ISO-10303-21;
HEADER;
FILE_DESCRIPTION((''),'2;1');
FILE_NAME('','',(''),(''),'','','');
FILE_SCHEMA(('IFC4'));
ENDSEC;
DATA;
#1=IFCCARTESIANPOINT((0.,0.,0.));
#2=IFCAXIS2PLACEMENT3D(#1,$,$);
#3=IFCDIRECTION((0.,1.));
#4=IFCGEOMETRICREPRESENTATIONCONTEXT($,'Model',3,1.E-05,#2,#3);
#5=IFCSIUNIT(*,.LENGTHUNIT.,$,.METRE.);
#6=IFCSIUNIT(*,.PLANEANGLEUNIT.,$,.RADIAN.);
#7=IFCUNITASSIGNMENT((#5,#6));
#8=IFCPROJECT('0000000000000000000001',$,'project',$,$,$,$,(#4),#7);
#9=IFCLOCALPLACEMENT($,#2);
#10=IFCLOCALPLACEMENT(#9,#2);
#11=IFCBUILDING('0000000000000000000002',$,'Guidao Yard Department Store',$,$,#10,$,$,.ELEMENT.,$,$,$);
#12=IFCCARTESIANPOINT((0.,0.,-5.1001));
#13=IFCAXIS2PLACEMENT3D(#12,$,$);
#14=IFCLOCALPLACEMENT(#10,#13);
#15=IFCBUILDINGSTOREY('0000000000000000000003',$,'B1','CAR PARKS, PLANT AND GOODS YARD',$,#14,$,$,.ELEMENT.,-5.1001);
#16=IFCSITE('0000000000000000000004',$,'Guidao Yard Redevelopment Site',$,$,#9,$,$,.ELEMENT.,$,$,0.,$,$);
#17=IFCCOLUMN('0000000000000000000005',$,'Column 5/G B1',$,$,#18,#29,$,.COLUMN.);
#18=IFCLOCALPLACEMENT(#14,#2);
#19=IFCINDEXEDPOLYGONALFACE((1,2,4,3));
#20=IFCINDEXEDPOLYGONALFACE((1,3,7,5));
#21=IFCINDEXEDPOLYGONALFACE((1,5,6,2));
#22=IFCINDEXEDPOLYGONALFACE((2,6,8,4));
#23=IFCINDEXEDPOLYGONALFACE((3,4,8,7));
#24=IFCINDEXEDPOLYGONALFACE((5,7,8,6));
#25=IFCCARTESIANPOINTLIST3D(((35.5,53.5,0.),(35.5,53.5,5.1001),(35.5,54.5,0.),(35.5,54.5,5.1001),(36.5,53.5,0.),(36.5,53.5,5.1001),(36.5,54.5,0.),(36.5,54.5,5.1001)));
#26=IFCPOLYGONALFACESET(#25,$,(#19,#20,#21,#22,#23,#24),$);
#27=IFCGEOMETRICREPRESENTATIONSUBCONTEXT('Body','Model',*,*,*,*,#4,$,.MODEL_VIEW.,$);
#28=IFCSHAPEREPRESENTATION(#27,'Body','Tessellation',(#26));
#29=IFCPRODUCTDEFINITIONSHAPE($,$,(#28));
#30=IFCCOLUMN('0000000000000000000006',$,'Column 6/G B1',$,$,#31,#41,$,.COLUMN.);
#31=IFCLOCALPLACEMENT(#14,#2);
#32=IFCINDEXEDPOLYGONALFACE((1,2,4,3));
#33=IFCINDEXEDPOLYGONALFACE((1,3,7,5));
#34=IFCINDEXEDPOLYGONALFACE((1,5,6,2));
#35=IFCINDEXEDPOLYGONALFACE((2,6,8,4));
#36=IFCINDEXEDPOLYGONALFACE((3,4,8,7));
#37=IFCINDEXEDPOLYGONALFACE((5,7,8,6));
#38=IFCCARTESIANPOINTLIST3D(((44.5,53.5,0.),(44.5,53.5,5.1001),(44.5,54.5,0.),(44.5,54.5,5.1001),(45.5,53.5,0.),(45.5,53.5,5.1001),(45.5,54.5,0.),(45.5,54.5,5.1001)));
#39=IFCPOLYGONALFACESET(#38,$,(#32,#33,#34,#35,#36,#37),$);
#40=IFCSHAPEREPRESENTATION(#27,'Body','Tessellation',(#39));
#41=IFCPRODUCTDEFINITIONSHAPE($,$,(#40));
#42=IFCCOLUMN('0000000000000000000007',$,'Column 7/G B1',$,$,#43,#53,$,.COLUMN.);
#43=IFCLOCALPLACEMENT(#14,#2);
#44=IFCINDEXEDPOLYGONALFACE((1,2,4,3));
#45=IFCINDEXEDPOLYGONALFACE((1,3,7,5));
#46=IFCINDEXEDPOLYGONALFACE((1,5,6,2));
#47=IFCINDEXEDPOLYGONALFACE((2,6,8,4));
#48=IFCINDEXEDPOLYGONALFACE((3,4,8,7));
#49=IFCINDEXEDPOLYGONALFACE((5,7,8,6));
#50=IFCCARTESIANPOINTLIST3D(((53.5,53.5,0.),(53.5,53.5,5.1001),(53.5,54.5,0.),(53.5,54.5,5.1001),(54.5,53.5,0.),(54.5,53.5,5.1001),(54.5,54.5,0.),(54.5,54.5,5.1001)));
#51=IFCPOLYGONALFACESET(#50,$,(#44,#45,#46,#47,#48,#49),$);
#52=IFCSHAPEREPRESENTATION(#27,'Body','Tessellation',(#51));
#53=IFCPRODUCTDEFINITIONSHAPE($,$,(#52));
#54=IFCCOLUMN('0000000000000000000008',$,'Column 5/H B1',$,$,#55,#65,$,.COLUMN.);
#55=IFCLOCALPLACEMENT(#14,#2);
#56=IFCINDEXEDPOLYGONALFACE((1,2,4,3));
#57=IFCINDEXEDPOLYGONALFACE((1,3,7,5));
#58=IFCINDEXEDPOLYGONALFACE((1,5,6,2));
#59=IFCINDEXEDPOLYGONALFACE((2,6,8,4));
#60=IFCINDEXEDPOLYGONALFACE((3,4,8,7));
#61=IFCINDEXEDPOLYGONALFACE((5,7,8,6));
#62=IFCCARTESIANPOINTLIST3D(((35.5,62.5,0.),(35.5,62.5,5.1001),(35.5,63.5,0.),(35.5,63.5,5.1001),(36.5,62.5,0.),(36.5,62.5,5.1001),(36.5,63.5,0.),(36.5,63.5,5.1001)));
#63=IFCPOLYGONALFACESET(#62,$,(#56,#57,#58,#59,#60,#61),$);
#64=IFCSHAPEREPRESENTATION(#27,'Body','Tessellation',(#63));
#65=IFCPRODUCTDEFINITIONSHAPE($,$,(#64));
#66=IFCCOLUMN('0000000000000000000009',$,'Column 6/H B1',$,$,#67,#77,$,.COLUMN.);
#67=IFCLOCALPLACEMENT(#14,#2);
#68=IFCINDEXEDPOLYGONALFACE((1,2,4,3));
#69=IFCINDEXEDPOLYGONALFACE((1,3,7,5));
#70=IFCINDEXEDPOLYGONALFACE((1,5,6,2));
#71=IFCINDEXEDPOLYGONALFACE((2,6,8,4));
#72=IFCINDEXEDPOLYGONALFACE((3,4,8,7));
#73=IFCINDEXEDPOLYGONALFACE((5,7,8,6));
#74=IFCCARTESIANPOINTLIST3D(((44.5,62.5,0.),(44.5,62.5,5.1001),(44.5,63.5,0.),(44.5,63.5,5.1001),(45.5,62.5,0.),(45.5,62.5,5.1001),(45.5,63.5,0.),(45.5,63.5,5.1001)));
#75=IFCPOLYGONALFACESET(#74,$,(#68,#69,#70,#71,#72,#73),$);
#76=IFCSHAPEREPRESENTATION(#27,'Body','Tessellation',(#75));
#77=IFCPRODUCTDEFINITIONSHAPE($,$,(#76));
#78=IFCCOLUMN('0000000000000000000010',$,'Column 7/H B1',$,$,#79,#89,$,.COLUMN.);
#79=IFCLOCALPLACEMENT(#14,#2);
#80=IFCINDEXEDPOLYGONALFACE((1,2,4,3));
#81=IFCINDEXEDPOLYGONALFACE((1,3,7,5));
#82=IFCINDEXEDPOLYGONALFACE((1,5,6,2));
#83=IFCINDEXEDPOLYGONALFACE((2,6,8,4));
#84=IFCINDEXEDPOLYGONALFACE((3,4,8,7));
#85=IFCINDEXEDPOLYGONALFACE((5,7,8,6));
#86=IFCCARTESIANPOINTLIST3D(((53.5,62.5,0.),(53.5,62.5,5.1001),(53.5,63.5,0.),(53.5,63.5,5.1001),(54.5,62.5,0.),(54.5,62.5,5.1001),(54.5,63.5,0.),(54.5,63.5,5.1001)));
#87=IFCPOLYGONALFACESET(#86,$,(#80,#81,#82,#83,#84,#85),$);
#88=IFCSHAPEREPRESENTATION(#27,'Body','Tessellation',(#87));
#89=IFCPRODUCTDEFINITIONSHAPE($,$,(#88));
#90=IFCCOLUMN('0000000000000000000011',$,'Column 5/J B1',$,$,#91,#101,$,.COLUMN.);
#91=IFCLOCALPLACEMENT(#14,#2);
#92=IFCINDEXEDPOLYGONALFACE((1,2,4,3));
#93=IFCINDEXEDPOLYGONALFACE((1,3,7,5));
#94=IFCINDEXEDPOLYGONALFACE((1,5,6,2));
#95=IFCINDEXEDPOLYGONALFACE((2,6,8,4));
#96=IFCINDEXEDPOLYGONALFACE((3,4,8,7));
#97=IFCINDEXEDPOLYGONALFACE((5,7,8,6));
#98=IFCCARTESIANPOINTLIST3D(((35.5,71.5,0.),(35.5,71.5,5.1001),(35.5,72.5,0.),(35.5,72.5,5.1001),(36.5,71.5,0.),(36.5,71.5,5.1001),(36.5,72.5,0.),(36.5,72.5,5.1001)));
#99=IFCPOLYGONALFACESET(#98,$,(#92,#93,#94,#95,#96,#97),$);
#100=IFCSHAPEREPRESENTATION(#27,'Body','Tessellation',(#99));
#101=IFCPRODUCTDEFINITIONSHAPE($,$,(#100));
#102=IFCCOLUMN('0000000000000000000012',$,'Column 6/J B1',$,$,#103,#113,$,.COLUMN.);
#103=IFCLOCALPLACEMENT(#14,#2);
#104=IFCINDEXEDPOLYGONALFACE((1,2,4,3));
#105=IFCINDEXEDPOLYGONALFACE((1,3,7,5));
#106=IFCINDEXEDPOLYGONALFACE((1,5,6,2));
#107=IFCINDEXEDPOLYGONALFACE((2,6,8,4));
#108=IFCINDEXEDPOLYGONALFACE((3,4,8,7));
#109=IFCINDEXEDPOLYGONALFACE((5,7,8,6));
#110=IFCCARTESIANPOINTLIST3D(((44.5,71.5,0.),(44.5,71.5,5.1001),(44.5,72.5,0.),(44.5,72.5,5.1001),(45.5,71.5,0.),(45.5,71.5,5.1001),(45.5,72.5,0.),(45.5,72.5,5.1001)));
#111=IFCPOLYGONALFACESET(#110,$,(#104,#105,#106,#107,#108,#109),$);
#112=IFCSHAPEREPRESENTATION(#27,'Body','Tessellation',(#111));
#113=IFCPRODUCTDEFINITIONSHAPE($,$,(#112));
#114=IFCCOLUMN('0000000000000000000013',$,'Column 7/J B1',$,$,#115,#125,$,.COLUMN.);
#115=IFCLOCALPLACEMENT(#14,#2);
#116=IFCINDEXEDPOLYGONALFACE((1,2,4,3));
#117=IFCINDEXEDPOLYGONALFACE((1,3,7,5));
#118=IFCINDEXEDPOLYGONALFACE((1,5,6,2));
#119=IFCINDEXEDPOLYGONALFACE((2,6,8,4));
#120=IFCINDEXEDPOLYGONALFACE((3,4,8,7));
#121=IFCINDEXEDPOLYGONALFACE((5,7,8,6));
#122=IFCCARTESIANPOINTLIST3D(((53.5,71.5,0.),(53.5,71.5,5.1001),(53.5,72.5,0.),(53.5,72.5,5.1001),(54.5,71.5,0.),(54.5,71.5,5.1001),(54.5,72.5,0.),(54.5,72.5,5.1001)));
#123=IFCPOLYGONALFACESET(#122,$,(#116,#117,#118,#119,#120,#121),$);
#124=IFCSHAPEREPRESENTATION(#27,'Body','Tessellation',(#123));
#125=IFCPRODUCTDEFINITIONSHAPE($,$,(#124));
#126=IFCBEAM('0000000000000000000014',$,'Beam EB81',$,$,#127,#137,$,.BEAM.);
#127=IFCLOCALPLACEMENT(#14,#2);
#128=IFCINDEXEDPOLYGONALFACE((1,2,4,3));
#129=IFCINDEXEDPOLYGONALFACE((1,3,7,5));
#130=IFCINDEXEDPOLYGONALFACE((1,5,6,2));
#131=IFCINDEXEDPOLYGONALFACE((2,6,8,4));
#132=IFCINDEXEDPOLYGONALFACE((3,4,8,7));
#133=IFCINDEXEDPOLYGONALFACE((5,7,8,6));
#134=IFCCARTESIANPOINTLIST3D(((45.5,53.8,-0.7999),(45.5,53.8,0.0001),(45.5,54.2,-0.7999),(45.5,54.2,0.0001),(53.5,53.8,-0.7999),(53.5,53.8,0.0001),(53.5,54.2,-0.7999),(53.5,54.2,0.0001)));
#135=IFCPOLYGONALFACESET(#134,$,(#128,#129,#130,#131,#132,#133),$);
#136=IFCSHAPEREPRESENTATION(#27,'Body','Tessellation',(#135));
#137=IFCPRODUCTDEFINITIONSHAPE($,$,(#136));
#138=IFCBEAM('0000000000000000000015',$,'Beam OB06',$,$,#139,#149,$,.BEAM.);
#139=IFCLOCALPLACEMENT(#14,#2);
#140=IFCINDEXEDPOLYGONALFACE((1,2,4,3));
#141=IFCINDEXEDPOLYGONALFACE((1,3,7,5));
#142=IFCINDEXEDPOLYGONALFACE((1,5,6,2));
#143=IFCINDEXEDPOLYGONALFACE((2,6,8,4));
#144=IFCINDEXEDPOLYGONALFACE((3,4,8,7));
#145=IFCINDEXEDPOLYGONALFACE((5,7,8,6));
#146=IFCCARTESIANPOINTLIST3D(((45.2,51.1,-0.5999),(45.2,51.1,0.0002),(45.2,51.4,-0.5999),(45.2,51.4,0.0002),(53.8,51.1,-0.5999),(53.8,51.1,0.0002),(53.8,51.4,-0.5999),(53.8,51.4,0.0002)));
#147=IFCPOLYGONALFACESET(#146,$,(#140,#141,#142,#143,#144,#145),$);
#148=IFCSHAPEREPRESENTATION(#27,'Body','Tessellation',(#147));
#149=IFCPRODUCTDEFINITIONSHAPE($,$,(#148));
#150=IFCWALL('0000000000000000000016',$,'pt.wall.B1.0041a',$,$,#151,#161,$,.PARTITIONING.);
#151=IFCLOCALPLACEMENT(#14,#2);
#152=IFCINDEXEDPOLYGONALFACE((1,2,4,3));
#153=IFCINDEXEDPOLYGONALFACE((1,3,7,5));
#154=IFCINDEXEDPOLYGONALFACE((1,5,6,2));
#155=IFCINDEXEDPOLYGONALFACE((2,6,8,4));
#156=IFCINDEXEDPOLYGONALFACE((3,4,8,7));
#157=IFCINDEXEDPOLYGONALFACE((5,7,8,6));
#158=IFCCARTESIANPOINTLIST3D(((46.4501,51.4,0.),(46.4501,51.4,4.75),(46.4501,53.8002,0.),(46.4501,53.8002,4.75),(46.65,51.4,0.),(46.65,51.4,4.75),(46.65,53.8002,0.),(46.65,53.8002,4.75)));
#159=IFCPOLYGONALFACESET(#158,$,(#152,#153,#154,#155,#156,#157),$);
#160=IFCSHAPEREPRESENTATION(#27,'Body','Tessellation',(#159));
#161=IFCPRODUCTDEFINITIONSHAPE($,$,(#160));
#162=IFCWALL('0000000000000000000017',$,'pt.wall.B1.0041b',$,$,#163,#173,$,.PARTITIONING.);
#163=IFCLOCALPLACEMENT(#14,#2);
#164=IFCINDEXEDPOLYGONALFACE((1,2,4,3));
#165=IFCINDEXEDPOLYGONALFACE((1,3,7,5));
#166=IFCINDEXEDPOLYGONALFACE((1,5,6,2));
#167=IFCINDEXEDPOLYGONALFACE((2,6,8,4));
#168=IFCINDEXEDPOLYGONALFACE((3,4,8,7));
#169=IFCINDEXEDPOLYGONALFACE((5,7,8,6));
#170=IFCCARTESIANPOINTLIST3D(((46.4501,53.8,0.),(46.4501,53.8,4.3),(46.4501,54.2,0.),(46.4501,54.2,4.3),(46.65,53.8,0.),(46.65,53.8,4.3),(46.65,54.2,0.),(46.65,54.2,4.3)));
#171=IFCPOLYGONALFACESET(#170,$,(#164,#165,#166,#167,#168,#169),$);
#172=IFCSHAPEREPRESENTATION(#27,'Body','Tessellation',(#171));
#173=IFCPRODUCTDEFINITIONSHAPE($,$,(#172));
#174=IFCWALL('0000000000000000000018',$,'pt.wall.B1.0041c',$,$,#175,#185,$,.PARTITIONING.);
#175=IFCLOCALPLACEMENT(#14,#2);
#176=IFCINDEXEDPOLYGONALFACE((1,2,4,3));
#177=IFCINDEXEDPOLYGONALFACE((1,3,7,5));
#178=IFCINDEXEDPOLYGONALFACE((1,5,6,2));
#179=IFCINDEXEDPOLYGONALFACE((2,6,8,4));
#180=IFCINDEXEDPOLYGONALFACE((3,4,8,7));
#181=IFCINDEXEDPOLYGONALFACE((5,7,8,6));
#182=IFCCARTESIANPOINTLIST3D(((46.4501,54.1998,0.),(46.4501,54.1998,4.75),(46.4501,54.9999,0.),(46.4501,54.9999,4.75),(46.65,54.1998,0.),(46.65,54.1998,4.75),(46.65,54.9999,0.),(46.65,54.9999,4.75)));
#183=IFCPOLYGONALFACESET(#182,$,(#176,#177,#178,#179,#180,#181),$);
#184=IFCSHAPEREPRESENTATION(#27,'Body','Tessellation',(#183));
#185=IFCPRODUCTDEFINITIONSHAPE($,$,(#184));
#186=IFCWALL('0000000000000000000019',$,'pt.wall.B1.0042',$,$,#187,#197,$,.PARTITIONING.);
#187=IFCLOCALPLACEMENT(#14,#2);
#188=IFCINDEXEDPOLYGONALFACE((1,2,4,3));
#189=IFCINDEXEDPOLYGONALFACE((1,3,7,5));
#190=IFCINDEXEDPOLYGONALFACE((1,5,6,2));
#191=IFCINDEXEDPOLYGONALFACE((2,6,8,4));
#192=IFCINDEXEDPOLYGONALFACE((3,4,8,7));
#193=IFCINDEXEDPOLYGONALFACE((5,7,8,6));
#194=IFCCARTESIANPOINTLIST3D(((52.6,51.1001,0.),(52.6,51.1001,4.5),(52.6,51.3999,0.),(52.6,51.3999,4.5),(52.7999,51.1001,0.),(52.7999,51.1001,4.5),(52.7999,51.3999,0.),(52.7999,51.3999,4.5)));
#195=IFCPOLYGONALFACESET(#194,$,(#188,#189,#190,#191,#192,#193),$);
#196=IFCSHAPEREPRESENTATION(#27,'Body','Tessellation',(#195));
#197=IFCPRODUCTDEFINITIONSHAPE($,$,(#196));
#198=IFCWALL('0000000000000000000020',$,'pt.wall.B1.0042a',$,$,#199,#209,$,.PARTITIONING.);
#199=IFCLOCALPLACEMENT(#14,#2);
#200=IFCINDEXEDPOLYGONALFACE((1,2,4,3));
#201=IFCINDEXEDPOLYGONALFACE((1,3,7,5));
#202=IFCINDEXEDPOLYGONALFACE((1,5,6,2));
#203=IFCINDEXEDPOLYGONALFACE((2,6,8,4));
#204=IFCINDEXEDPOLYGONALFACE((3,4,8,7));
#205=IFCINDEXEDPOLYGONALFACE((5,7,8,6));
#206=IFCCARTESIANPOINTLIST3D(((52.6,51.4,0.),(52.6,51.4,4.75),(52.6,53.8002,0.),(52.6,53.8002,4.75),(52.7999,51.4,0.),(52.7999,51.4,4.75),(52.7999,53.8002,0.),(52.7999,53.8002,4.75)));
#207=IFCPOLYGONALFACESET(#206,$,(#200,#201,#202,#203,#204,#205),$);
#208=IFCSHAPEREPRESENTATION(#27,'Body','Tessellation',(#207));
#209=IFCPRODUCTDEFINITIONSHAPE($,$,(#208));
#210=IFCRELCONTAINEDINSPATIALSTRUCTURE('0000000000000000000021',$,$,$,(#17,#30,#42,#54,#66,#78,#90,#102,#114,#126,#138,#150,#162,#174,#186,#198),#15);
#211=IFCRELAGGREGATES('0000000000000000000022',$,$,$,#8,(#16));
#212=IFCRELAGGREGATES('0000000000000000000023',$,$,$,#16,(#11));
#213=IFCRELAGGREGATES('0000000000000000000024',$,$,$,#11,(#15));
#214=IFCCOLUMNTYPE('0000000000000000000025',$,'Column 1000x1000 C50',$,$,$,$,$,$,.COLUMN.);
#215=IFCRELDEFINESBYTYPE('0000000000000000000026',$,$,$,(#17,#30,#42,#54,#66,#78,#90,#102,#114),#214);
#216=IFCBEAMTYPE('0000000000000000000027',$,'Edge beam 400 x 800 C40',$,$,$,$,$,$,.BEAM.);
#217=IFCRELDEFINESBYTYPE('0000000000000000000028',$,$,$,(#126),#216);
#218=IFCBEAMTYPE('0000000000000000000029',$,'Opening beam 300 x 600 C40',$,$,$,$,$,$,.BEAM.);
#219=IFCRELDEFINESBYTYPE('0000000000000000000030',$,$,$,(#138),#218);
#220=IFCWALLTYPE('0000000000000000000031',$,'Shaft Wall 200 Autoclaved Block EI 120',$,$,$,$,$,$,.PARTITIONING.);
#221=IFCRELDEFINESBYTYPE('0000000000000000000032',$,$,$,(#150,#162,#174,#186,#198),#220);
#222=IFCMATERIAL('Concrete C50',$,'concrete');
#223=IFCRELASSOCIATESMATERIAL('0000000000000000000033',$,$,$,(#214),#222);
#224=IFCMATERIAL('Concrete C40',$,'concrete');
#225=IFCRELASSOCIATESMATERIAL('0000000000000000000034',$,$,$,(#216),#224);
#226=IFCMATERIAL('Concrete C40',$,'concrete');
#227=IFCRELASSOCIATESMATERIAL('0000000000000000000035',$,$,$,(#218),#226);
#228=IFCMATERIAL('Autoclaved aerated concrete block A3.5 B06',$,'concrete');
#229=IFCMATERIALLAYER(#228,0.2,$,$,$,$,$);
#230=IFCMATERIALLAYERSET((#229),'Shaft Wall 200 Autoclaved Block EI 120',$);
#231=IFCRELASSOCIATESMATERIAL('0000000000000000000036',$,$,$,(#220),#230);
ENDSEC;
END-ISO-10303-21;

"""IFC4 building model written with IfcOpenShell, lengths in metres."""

from ifc_helpers import new_model, si_unit, direction, frame, frame_2d, origin, origin_2d, place, context, subcontext, project, spatial, rectangle, extrude, material, layer, layer_set, material_profile, profile_set, type_object, element, save


model = new_model("IFC4")

# Units and contexts
model_context = context("Model", 3, precision=1e-05, world=origin(), true_north=direction((0.0, 1.0)))
body_context = subcontext(model_context, "Body", "Model", "MODEL_VIEW")
ifc_project = project(units=[si_unit("LENGTHUNIT", "METRE"), si_unit("PLANEANGLEUNIT", "RADIAN")], contexts=[model_context])

# Site, building, storey
site_placement = place(None, origin())
site = spatial("IfcSite", under=ifc_project, at=site_placement, Name="Guidao Yard Redevelopment Site", CompositionType="ELEMENT", RefElevation=0.0)
building_placement = place(site_placement, origin())
building = spatial("IfcBuilding", under=site, at=building_placement, Name="Guidao Yard Department Store", CompositionType="ELEMENT")
storey_placement = place(building_placement, frame((0.0, 0.0, -5.1001)))
storey = spatial("IfcBuildingStorey", under=building, at=storey_placement, Name="B1", Description="CAR PARKS, PLANT AND GOODS YARD", CompositionType="ELEMENT", Elevation=-5.1001)

# Columns
ifc_material_1 = material(Name="Concrete C50", Category="concrete")
ifc_material_profile_1 = material_profile(ifc_material_1, rectangle(XDim=1.0, YDim=1.0, at=origin_2d()), Name="COL 1000x1000")
ifc_profile_set_1 = profile_set([ifc_material_profile_1], Name="Concrete C50")
column_type = type_object("IfcColumnType", Name="Column 1000x1000 C50", PredefinedType="COLUMN", material=ifc_profile_set_1)
for number, where, z_axis, x_axis, name in (
    (1, (36.0, 54.0, 0.0), (0.0, 0.0, 1.0), (1.0, 0.0, 0.0), "Column 5/G B1"),
    (2, (45.0, 54.0, 0.0), (0.0, 0.0, 1.0), (1.0, 0.0, 0.0), "Column 6/G B1"),
    (3, (54.0, 54.0, 0.0), (0.0, 0.0, 1.0), (1.0, 0.0, 0.0), "Column 7/G B1"),
    (4, (36.0, 63.0, 0.0), (0.0, 0.0, 1.0), (1.0, 0.0, 0.0), "Column 5/H B1"),
    (5, (45.0, 63.0, 0.0), (0.0, 0.0, 1.0), (1.0, 0.0, 0.0), "Column 6/H B1"),
    (6, (54.0, 63.0, 0.0), (0.0, 0.0, 1.0), (1.0, 0.0, 0.0), "Column 7/H B1"),
    (7, (36.0, 72.0, 0.0), (0.0, 0.0, 1.0), (1.0, 0.0, 0.0), "Column 5/J B1"),
    (8, (45.0, 72.0, 0.0), (0.0, 0.0, 1.0), (1.0, 0.0, 0.0), "Column 6/J B1"),
    (9, (54.0, 72.0, 0.0), (0.0, 0.0, 1.0), (1.0, 0.0, 0.0), "Column 7/J B1"),
):
    element("IfcColumn", number, at=place(storey_placement, frame(where, z_axis=z_axis, x_axis=x_axis)), inside=storey, type_object=column_type, Name=name, PredefinedType="COLUMN", context=body_context, shape_type="SweptSolid", body=[
        extrude(rectangle(XDim=1.0, YDim=1.0, at=origin_2d()), origin(), (0.0, 0.0, 1.0), 5.1001),
    ])

# Beams
ifc_material_2 = material(Name="Concrete C40", Category="concrete")
ifc_material_profile_2 = material_profile(ifc_material_2, rectangle(XDim=0.3999, YDim=0.8, at=origin_2d()), Name="Edge beam 400 x 800 C40")
ifc_profile_set_2 = profile_set([ifc_material_profile_2], Name="Concrete C40")
beam_type_1 = type_object("IfcBeamType", Name="Edge beam 400 x 800 C40", PredefinedType="BEAM", material=ifc_profile_set_2)
beam_1_placement = place(storey_placement, frame((45.5, 54.0, -0.3999), z_axis=(1.0, 0.0, 0.0), x_axis=(0.0, 1.0, 0.0)))
element("IfcBeam", 10, at=beam_1_placement, inside=storey, type_object=beam_type_1, Name="Beam EB81", PredefinedType="BEAM", context=body_context, shape_type="SweptSolid", body=[
    extrude(rectangle(XDim=0.3999, YDim=0.8, at=origin_2d()), origin(), (0.0, 0.0, 1.0), 8.0),
])
ifc_material_3 = material(Name="Concrete C40", Category="concrete")
ifc_material_profile_3 = material_profile(ifc_material_3, rectangle(XDim=0.3, YDim=0.6001, at=origin_2d()), Name="Opening beam 300 x 600 C40")
ifc_profile_set_3 = profile_set([ifc_material_profile_3], Name="Concrete C40")
beam_type_2 = type_object("IfcBeamType", Name="Opening beam 300 x 600 C40", PredefinedType="BEAM", material=ifc_profile_set_3)
beam_2_placement = place(storey_placement, frame((45.2, 51.25, -0.2998), z_axis=(1.0, 0.0, 0.0), x_axis=(0.0, 1.0, 0.0)))
element("IfcBeam", 11, at=beam_2_placement, inside=storey, type_object=beam_type_2, Name="Beam OB06", PredefinedType="BEAM", context=body_context, shape_type="SweptSolid", body=[
    extrude(rectangle(XDim=0.3, YDim=0.6001, at=origin_2d()), origin(), (0.0, 0.0, 1.0), 8.6001),
])

# Shared definitions
ifc_material_4 = material(Name="Autoclaved aerated concrete block A3.5 B06", Category="concrete")
ifc_layer = layer(ifc_material_4, 0.2)
ifc_layer_set = layer_set([ifc_layer], Name="Shaft Wall 200 Autoclaved Block EI 120")
wall_type = type_object("IfcWallType", Name="Shaft Wall 200 Autoclaved Block EI 120", PredefinedType="PARTITIONING", material=ifc_layer_set)

# Walls
wall_1_placement = place(storey_placement, frame((46.55, 51.3999, 0.0), z_axis=(0.0, 0.0, 1.0), x_axis=(0.0, 1.0, 0.0)))
element("IfcWall", 12, at=wall_1_placement, inside=storey, type_object=wall_type, Name="pt.wall.B1.0041a", PredefinedType="PARTITIONING", context=body_context, shape_type="SweptSolid", body=[
    extrude(rectangle(XDim=2.4001, YDim=0.2, at=frame_2d((1.2002, 0.0))), origin(), (0.0, 0.0, 1.0), 4.75),
])
wall_2_placement = place(storey_placement, frame((46.55, 53.8, 0.0), z_axis=(0.0, 0.0, 1.0), x_axis=(0.0, 1.0, 0.0)))
element("IfcWall", 13, at=wall_2_placement, inside=storey, type_object=wall_type, Name="pt.wall.B1.0041b", PredefinedType="PARTITIONING", context=body_context, shape_type="SweptSolid", body=[
    extrude(rectangle(XDim=0.3999, YDim=0.2, at=frame_2d((0.2, 0.0))), origin(), (0.0, 0.0, 1.0), 4.3),
])
wall_3_placement = place(storey_placement, frame((46.55, 54.2, 0.0), z_axis=(0.0, 0.0, 1.0), x_axis=(0.0, 1.0, 0.0)))
element("IfcWall", 14, at=wall_3_placement, inside=storey, type_object=wall_type, Name="pt.wall.B1.0041c", PredefinedType="PARTITIONING", context=body_context, shape_type="SweptSolid", body=[
    extrude(rectangle(XDim=0.8, YDim=0.2, at=frame_2d((0.3999, 0.0))), origin(), (0.0, 0.0, 1.0), 4.75),
])
wall_4_placement = place(storey_placement, frame((52.7, 51.1001, 0.0), z_axis=(0.0, 0.0, 1.0), x_axis=(0.0, 1.0, 0.0)))
element("IfcWall", 15, at=wall_4_placement, inside=storey, type_object=wall_type, Name="pt.wall.B1.0042", PredefinedType="PARTITIONING", context=body_context, shape_type="SweptSolid", body=[
    extrude(rectangle(XDim=0.2998, YDim=0.2, at=frame_2d((0.1499, 0.0))), origin(), (0.0, 0.0, 1.0), 4.5),
])
wall_5_placement = place(storey_placement, frame((52.7, 51.3999, 0.0), z_axis=(0.0, 0.0, 1.0), x_axis=(0.0, 1.0, 0.0)))
element("IfcWall", 16, at=wall_5_placement, inside=storey, type_object=wall_type, Name="pt.wall.B1.0042a", PredefinedType="PARTITIONING", context=body_context, shape_type="SweptSolid", body=[
    extrude(rectangle(XDim=2.4001, YDim=0.2, at=frame_2d((1.2002, 0.0))), origin(), (0.0, 0.0, 1.0), 4.75),
])

save(model, "model.ifc")
